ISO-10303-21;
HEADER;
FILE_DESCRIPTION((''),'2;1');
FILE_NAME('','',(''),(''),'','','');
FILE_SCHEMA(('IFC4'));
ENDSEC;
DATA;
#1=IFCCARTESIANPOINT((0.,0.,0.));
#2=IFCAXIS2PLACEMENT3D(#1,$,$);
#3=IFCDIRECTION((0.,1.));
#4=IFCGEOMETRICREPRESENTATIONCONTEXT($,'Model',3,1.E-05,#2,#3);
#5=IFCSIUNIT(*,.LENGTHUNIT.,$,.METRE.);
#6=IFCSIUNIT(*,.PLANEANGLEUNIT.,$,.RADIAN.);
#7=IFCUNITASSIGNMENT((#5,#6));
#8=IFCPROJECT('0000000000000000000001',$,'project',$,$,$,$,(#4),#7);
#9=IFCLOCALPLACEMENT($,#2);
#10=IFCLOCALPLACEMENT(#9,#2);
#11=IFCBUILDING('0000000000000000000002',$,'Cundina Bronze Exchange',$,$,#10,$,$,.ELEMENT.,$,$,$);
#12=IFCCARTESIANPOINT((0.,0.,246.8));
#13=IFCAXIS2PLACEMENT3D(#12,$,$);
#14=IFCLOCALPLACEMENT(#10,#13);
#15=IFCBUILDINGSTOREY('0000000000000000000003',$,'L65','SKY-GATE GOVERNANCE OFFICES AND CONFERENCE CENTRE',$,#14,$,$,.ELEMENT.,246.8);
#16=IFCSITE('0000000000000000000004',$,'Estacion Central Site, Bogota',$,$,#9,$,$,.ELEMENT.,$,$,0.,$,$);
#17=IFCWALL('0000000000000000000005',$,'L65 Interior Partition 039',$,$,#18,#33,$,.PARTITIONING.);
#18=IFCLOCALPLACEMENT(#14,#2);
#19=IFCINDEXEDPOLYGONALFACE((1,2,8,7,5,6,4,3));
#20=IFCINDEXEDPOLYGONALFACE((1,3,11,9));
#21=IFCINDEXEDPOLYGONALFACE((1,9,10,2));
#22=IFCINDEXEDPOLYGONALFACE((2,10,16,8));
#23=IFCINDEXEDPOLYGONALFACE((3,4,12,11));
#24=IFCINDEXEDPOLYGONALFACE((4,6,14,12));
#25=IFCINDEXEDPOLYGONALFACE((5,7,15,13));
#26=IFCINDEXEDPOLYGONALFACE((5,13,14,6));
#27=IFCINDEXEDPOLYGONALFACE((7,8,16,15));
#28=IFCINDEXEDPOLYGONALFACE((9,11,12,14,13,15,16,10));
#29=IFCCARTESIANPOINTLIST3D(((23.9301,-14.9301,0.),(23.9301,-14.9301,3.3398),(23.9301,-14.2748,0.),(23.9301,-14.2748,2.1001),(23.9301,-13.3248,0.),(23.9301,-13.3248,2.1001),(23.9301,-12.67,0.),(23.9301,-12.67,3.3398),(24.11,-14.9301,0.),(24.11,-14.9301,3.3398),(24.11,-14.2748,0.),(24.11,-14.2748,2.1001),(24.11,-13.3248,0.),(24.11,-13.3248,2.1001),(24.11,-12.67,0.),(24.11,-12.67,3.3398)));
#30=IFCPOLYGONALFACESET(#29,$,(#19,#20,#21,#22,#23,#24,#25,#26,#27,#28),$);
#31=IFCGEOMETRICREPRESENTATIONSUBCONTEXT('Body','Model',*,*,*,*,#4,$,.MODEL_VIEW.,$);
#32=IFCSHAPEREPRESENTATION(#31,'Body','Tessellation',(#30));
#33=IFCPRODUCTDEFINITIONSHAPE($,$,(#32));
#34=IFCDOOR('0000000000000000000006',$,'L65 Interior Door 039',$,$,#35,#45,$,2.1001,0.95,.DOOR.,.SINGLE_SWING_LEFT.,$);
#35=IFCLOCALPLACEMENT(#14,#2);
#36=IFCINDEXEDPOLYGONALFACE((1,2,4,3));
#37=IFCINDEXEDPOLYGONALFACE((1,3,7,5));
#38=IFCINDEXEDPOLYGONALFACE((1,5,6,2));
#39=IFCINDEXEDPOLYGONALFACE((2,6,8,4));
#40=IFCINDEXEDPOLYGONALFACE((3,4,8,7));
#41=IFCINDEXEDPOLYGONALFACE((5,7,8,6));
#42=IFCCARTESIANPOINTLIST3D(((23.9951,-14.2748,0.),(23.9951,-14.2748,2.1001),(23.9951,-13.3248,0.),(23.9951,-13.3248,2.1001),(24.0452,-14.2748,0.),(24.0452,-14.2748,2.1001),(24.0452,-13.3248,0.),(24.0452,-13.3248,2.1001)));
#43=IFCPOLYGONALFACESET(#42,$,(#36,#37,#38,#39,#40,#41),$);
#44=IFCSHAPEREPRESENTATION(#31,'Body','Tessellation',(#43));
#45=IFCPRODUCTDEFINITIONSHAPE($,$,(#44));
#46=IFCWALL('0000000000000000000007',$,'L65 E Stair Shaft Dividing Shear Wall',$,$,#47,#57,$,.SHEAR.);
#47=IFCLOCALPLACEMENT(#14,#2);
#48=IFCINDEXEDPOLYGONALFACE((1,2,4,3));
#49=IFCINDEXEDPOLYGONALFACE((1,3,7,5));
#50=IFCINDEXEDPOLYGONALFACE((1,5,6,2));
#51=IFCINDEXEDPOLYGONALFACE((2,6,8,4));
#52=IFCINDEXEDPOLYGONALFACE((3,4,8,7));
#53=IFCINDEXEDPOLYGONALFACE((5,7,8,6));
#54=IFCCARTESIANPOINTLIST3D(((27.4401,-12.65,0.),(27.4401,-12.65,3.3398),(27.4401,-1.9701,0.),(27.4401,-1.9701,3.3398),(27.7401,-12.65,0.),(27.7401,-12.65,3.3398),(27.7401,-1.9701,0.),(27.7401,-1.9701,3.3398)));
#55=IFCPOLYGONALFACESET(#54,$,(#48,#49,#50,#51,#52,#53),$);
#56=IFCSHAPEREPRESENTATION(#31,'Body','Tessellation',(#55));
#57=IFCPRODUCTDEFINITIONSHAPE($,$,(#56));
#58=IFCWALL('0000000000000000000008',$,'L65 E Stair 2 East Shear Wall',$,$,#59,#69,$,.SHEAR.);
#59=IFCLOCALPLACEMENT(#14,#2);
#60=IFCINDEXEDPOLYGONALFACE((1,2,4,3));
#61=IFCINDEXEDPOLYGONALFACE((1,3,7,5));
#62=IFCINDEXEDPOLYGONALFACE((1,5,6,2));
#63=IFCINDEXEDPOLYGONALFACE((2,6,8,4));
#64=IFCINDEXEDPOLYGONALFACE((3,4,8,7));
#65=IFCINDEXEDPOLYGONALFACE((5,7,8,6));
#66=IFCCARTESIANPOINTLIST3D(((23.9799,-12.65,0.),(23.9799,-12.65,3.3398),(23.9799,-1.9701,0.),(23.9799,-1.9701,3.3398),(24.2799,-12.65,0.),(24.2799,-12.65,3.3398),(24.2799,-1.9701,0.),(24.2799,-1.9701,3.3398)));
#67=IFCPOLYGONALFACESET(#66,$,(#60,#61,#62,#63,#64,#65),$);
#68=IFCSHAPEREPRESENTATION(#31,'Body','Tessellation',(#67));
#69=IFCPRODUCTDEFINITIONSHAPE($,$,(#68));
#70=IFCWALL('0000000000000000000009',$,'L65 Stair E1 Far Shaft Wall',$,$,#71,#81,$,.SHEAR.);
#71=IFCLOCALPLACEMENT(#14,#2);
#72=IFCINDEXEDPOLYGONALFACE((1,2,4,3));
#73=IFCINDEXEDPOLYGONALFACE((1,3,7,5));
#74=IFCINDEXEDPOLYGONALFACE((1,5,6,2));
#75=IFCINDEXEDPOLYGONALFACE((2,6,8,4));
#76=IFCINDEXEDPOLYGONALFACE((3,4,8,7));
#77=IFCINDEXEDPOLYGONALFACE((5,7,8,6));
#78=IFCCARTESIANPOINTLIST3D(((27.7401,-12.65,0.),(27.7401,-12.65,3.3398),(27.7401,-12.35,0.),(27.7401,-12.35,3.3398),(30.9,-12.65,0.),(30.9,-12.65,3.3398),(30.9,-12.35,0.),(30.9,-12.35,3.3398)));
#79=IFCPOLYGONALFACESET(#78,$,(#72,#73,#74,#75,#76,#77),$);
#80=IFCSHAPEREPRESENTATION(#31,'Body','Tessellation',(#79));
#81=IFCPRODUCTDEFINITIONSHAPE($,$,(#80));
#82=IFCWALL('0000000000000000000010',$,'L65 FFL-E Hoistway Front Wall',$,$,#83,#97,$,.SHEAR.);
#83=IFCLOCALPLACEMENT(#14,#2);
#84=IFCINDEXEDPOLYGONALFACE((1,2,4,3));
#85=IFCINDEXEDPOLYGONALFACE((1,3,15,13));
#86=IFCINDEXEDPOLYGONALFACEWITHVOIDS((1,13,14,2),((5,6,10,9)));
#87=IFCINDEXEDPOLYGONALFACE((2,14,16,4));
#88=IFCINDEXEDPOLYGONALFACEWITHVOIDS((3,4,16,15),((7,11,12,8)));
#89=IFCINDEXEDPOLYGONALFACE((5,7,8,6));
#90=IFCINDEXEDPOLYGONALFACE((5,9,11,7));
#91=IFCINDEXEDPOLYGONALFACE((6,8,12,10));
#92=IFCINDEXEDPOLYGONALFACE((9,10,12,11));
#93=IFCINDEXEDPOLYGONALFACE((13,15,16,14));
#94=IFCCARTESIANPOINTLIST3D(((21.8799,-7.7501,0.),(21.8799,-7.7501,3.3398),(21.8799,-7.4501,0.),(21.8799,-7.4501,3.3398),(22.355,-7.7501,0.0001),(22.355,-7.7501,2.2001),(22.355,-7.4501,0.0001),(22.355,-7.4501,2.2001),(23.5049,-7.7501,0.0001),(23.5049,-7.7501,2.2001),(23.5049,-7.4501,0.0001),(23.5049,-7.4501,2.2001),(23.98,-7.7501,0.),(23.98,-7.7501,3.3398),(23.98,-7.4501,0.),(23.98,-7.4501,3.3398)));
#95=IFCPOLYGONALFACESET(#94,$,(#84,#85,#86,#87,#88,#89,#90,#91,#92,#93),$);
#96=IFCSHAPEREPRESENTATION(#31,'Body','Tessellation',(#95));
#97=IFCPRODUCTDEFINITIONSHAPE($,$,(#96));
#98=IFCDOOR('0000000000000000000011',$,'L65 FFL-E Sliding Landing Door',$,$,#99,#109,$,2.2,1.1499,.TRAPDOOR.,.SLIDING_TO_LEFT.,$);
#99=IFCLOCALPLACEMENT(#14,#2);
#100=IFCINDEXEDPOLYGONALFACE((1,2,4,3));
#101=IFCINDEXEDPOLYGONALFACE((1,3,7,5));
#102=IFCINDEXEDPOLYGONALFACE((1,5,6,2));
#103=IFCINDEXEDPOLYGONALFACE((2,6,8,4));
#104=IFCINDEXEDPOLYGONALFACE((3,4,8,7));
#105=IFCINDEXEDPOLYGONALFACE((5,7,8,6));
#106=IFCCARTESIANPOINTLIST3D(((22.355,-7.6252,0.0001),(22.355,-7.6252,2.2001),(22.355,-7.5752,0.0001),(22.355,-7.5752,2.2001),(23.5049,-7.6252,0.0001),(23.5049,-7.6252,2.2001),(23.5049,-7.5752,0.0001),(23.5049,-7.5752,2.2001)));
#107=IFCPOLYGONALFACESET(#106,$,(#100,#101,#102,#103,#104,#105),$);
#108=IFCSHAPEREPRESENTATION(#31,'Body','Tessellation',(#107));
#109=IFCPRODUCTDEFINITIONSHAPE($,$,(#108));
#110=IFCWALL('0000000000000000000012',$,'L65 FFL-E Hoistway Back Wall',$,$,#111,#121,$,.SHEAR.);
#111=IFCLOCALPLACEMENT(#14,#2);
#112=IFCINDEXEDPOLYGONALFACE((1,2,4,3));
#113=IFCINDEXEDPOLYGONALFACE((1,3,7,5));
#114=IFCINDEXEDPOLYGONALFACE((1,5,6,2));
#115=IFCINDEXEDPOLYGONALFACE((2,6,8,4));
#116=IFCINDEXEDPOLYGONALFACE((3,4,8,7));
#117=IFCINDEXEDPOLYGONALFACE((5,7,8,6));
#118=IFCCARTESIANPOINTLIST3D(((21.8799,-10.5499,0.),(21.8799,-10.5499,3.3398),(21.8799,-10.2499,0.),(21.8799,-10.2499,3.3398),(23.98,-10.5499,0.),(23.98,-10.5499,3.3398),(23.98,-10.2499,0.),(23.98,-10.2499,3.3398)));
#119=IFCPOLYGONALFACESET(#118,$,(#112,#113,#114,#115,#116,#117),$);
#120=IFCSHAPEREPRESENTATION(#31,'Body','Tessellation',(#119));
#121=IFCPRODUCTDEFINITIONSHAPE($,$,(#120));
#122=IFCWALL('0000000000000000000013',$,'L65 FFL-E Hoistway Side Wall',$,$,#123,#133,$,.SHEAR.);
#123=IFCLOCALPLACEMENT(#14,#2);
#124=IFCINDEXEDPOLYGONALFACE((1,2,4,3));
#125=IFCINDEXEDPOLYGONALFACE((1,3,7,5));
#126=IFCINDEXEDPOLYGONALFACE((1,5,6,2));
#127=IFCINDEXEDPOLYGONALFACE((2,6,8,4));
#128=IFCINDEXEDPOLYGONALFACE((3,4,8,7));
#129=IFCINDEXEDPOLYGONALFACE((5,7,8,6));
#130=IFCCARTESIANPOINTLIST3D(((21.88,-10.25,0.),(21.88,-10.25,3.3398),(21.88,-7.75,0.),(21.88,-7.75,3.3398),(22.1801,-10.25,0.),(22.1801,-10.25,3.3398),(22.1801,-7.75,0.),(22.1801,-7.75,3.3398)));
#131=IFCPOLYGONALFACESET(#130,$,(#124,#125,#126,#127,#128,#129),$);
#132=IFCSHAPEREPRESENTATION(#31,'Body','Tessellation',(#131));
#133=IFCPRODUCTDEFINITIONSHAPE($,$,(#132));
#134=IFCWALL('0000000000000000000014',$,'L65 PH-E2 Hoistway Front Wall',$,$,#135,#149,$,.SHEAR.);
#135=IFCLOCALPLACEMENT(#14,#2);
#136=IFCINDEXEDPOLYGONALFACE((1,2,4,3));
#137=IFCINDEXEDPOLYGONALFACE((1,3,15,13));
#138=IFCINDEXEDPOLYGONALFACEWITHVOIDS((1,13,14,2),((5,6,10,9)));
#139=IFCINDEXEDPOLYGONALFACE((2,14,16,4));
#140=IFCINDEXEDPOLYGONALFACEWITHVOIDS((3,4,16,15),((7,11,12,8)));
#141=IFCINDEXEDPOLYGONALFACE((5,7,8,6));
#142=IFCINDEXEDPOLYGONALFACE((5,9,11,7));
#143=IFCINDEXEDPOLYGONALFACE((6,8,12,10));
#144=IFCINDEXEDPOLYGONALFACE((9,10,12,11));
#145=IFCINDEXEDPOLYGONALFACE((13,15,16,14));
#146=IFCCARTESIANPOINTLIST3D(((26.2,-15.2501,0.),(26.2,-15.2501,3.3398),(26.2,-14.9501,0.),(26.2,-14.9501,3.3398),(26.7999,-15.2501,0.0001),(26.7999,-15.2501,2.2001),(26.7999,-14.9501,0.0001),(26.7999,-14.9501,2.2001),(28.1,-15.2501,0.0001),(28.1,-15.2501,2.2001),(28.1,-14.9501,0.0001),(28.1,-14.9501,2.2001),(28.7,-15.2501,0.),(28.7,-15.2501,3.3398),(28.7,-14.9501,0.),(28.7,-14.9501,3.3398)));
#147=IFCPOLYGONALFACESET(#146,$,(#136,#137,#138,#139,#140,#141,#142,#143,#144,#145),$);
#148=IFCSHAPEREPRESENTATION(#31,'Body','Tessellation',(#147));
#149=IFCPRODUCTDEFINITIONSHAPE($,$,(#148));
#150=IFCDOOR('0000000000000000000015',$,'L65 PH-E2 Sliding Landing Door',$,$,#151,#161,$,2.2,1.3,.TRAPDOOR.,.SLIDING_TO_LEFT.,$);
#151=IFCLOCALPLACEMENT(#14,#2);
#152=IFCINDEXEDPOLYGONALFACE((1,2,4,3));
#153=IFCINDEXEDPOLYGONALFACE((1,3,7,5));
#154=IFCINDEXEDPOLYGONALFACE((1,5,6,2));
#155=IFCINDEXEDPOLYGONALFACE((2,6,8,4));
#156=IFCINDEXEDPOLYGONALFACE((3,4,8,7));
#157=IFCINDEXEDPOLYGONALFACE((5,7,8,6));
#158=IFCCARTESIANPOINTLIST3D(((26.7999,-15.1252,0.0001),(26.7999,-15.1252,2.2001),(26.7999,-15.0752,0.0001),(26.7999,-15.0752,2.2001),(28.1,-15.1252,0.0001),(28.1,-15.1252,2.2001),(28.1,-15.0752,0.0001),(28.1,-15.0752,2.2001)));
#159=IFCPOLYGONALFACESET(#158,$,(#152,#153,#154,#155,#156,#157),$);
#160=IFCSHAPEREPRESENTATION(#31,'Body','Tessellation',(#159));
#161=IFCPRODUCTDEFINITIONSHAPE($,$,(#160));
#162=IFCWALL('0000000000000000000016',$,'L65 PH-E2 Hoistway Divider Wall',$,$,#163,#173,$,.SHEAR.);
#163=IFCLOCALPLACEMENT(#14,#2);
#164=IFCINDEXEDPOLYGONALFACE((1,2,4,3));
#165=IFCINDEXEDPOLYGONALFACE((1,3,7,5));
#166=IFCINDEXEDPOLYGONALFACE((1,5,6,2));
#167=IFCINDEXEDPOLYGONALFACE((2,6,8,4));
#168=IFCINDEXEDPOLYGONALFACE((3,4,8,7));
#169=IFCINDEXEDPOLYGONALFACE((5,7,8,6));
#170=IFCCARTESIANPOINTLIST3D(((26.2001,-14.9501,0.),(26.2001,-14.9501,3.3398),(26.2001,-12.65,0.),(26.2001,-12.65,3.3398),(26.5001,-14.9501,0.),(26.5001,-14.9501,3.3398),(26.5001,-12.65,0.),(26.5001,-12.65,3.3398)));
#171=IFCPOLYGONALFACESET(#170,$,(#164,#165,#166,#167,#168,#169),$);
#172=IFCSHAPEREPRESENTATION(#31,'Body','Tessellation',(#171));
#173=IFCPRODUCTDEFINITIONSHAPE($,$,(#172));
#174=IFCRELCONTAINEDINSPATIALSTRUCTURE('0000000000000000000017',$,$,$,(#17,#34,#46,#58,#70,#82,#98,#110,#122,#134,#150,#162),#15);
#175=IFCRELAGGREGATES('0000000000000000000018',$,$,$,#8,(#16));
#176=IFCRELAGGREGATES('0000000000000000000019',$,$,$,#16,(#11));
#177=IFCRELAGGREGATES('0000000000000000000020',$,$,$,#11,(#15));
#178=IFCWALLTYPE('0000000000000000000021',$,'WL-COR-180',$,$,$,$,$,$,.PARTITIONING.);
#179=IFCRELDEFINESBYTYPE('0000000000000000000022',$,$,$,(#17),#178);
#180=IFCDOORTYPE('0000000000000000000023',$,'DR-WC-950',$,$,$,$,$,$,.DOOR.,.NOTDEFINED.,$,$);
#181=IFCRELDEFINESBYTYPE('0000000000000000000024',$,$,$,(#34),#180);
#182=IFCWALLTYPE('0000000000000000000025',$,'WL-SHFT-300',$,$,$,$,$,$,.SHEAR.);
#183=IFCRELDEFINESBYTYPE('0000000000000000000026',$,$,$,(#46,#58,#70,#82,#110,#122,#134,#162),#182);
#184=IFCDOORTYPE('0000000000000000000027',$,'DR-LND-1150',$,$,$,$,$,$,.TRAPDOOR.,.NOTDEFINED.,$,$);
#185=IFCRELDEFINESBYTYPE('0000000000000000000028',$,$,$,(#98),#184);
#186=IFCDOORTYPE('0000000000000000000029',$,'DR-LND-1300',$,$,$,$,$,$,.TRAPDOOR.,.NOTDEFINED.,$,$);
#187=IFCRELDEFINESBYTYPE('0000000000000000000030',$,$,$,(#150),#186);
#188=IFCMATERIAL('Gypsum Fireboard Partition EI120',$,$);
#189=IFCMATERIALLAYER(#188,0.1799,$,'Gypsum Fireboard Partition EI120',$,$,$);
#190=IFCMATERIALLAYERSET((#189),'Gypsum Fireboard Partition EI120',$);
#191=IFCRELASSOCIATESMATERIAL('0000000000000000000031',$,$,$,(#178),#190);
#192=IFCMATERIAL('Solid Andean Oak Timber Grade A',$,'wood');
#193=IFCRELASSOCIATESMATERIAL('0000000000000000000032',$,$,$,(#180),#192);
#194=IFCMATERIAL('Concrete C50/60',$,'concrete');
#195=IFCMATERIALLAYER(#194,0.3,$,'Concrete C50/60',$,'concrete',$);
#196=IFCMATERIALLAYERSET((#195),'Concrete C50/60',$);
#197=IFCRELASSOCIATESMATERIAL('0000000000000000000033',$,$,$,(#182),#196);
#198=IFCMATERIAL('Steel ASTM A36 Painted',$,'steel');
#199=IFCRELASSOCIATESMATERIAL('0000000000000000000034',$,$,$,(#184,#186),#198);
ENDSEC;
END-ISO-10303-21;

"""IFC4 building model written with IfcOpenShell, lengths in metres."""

from ifc_helpers import new_model, si_unit, direction, frame, frame_2d, origin, place, context, subcontext, project, spatial, rectangle, extrude, material, layer, layer_set, type_object, element, fill, save


model = new_model("IFC4")

# Units and contexts
model_context = context("Model", 3, precision=1e-05, world=origin(), true_north=direction((0.0, 1.0)))
body_context = subcontext(model_context, "Body", "Model", "MODEL_VIEW")
ifc_project = project(units=[si_unit("LENGTHUNIT", "METRE"), si_unit("PLANEANGLEUNIT", "RADIAN")], contexts=[model_context])

# Site, building, storey
site_placement = place(None, origin())
site = spatial("IfcSite", under=ifc_project, at=site_placement, Name="Estacion Central Site, Bogota", CompositionType="ELEMENT", RefElevation=0.0)
building_placement = place(site_placement, origin())
building = spatial("IfcBuilding", under=site, at=building_placement, Name="Cundina Bronze Exchange", CompositionType="ELEMENT")
storey_placement = place(building_placement, frame((0.0, 0.0, 246.8)))
storey = spatial("IfcBuildingStorey", under=building, at=storey_placement, Name="L65", Description="SKY-GATE GOVERNANCE OFFICES AND CONFERENCE CENTRE", CompositionType="ELEMENT", Elevation=246.8)

# Shared definitions
ifc_material_1 = material(Name="Concrete C50/60", Category="concrete")

# Shared definitions
ifc_material_2 = material(Name="Gypsum Fireboard Partition EI120")
ifc_layer_1 = layer(ifc_material_2, 0.1799, Name="Gypsum Fireboard Partition EI120")
ifc_layer_set_1 = layer_set([ifc_layer_1], Name="Gypsum Fireboard Partition EI120")
wall_type_1 = type_object("IfcWallType", Name="WL-COR-180", PredefinedType="PARTITIONING", material=ifc_layer_set_1)

# Wall, opening, door
wall_1_placement = place(storey_placement, frame((24.02, -14.9299, 0.0), z_axis=(0.0, 0.0, 1.0), x_axis=(0.0, 1.0, 0.0)))
wall_1 = element("IfcWall", 1, at=wall_1_placement, inside=storey, type_object=wall_type_1, Name="L65 Interior Partition 039", PredefinedType="PARTITIONING", context=body_context, shape_type="SweptSolid", body=[
    extrude(rectangle(XDim=2.26, YDim=0.1799, at=frame_2d((1.1299, 0.0))), origin(), (0.0, 0.0, 1.0), 3.3398),
])
opening_1_placement = place(wall_1_placement, frame((0.655, 0.0, 0.0)))
opening_1 = element("IfcOpeningElement", 2, at=opening_1_placement, cuts=wall_1, PredefinedType="OPENING", context=body_context, shape_type="SweptSolid", body=[
    extrude(rectangle(XDim=0.95, YDim=2.1001, at=frame_2d((0.4751, 1.05))), frame((0.0, 0.0999, 0.0), z_axis=(0.0, -1.0, 0.0), x_axis=(1.0, 0.0, 0.0)), (0.0, 0.0, 1.0), 0.2),
])
ifc_material_3 = material(Name="Solid Andean Oak Timber Grade A", Category="wood")
door_type_1 = type_object("IfcDoorType", Name="DR-WC-950", OperationType="NOTDEFINED", PredefinedType="DOOR", material=ifc_material_3)
door_1_placement = place(opening_1_placement, origin())
door_1 = element("IfcDoor", 3, at=door_1_placement, inside=storey, type_object=door_type_1, Name="L65 Interior Door 039", OperationType="SINGLE_SWING_LEFT", OverallHeight=2.1001, OverallWidth=0.95, PredefinedType="DOOR", context=body_context, shape_type="SweptSolid", body=[
    extrude(rectangle(XDim=0.95, YDim=2.1001, at=frame_2d((0.4751, 1.05))), frame((0.0, 0.0249, 0.0), z_axis=(0.0, -1.0, 0.0), x_axis=(1.0, 0.0, 0.0)), (0.0, 0.0, 1.0), 0.05),
])
fill(opening_1, door_1)

# Walls
ifc_layer_2 = layer(ifc_material_1, 0.3, Name="Concrete C50/60", Category="concrete")
ifc_layer_set_2 = layer_set([ifc_layer_2], Name="Concrete C50/60")
wall_type_2 = type_object("IfcWallType", Name="WL-SHFT-300", PredefinedType="SHEAR", material=ifc_layer_set_2)
for number, where, z_axis, x_axis, name in (
    (4, (27.5901, -12.6499, 0.0), (0.0, 0.0, 1.0), (0.0, 1.0, 0.0), "L65 E Stair Shaft Dividing Shear Wall"),
    (5, (24.1299, -12.6499, 0.0), (0.0, 0.0, 1.0), (0.0, 1.0, 0.0), "L65 E Stair 2 East Shear Wall"),
):
    element("IfcWall", number, at=place(storey_placement, frame(where, z_axis=z_axis, x_axis=x_axis)), inside=storey, type_object=wall_type_2, Name=name, PredefinedType="SHEAR", context=body_context, shape_type="SweptSolid", body=[
        extrude(rectangle(XDim=10.6799, YDim=0.3, at=frame_2d((5.3398, 0.0))), origin(), (0.0, 0.0, 1.0), 3.3398),
    ])
wall_2_placement = place(storey_placement, frame((27.74, -12.5, 0.0), z_axis=(0.0, 0.0, 1.0), x_axis=(1.0, 0.0, 0.0)))
element("IfcWall", 6, at=wall_2_placement, inside=storey, type_object=wall_type_2, Name="L65 Stair E1 Far Shaft Wall", PredefinedType="SHEAR", context=body_context, shape_type="SweptSolid", body=[
    extrude(rectangle(XDim=3.1599, YDim=0.3, at=frame_2d((1.5801, 0.0))), origin(), (0.0, 0.0, 1.0), 3.3398),
])

# Wall, opening, door
ifc_material_4 = material(Name="Steel ASTM A36 Painted", Category="steel")
wall_3_placement = place(storey_placement, frame((21.8799, -7.6001, 0.0), z_axis=(0.0, 0.0, 1.0), x_axis=(1.0, 0.0, 0.0)))
wall_3 = element("IfcWall", 7, at=wall_3_placement, inside=storey, type_object=wall_type_2, Name="L65 FFL-E Hoistway Front Wall", PredefinedType="SHEAR", context=body_context, shape_type="SweptSolid", body=[
    extrude(rectangle(XDim=2.1001, YDim=0.3, at=frame_2d((1.05, 0.0))), origin(), (0.0, 0.0, 1.0), 3.3398),
])
opening_2_placement = place(wall_3_placement, frame((0.4751, 0.0, 0.0)))
opening_2 = element("IfcOpeningElement", 8, at=opening_2_placement, cuts=wall_3, PredefinedType="OPENING", context=body_context, shape_type="SweptSolid", body=[
    extrude(rectangle(XDim=1.1499, YDim=2.2, at=frame_2d((0.575, 1.1001))), frame((0.0, 0.1599, 0.0), z_axis=(0.0, -1.0, 0.0), x_axis=(1.0, 0.0, 0.0)), (0.0, 0.0, 1.0), 0.3201),
])
door_type_2 = type_object("IfcDoorType", Name="DR-LND-1150", OperationType="NOTDEFINED", PredefinedType="TRAPDOOR", material=ifc_material_4)
door_2_placement = place(opening_2_placement, origin())
door_2 = element("IfcDoor", 9, at=door_2_placement, inside=storey, type_object=door_type_2, Name="L65 FFL-E Sliding Landing Door", OperationType="SLIDING_TO_LEFT", OverallHeight=2.2, OverallWidth=1.1499, PredefinedType="TRAPDOOR", context=body_context, shape_type="SweptSolid", body=[
    extrude(rectangle(XDim=1.1499, YDim=2.2, at=frame_2d((0.575, 1.1001))), frame((0.0, 0.0249, 0.0), z_axis=(0.0, -1.0, 0.0), x_axis=(1.0, 0.0, 0.0)), (0.0, 0.0, 1.0), 0.05),
])
fill(opening_2, door_2)

# Walls
wall_4_placement = place(storey_placement, frame((21.8799, -10.3999, 0.0), z_axis=(0.0, 0.0, 1.0), x_axis=(1.0, 0.0, 0.0)))
element("IfcWall", 10, at=wall_4_placement, inside=storey, type_object=wall_type_2, Name="L65 FFL-E Hoistway Back Wall", PredefinedType="SHEAR", context=body_context, shape_type="SweptSolid", body=[
    extrude(rectangle(XDim=2.1001, YDim=0.3, at=frame_2d((1.05, 0.0))), origin(), (0.0, 0.0, 1.0), 3.3398),
])
wall_5_placement = place(storey_placement, frame((22.03, -10.25, 0.0), z_axis=(0.0, 0.0, 1.0), x_axis=(0.0, 1.0, 0.0)))
element("IfcWall", 11, at=wall_5_placement, inside=storey, type_object=wall_type_2, Name="L65 FFL-E Hoistway Side Wall", PredefinedType="SHEAR", context=body_context, shape_type="SweptSolid", body=[
    extrude(rectangle(XDim=2.5, YDim=0.3, at=frame_2d((1.25, 0.0))), origin(), (0.0, 0.0, 1.0), 3.3398),
])

# Wall, opening, door
wall_6_placement = place(storey_placement, frame((26.2, -15.1001, 0.0), z_axis=(0.0, 0.0, 1.0), x_axis=(1.0, 0.0, 0.0)))
wall_6 = element("IfcWall", 12, at=wall_6_placement, inside=storey, type_object=wall_type_2, Name="L65 PH-E2 Hoistway Front Wall", PredefinedType="SHEAR", context=body_context, shape_type="SweptSolid", body=[
    extrude(rectangle(XDim=2.5, YDim=0.3, at=frame_2d((1.25, 0.0))), origin(), (0.0, 0.0, 1.0), 3.3398),
])
opening_3_placement = place(wall_6_placement, frame((0.6001, 0.0, 0.0)))
opening_3 = element("IfcOpeningElement", 13, at=opening_3_placement, cuts=wall_6, PredefinedType="OPENING", context=body_context, shape_type="SweptSolid", body=[
    extrude(rectangle(XDim=1.3, YDim=2.2, at=frame_2d((0.6499, 1.1001))), frame((0.0, 0.1599, 0.0), z_axis=(0.0, -1.0, 0.0), x_axis=(1.0, 0.0, 0.0)), (0.0, 0.0, 1.0), 0.3201),
])
door_type_3 = type_object("IfcDoorType", Name="DR-LND-1300", OperationType="NOTDEFINED", PredefinedType="TRAPDOOR", material=ifc_material_4)
door_3_placement = place(opening_3_placement, origin())
door_3 = element("IfcDoor", 14, at=door_3_placement, inside=storey, type_object=door_type_3, Name="L65 PH-E2 Sliding Landing Door", OperationType="SLIDING_TO_LEFT", OverallHeight=2.2, OverallWidth=1.3, PredefinedType="TRAPDOOR", context=body_context, shape_type="SweptSolid", body=[
    extrude(rectangle(XDim=1.3, YDim=2.2, at=frame_2d((0.6499, 1.1001))), frame((0.0, 0.0249, 0.0), z_axis=(0.0, -1.0, 0.0), x_axis=(1.0, 0.0, 0.0)), (0.0, 0.0, 1.0), 0.05),
])
fill(opening_3, door_3)

# Wall
wall_7_placement = place(storey_placement, frame((26.3501, -14.95, 0.0), z_axis=(0.0, 0.0, 1.0), x_axis=(0.0, 1.0, 0.0)))
element("IfcWall", 15, at=wall_7_placement, inside=storey, type_object=wall_type_2, Name="L65 PH-E2 Hoistway Divider Wall", PredefinedType="SHEAR", context=body_context, shape_type="SweptSolid", body=[
    extrude(rectangle(XDim=2.3, YDim=0.3, at=frame_2d((1.1499, 0.0))), origin(), (0.0, 0.0, 1.0), 3.3398),
])

save(model, "model.ifc")
